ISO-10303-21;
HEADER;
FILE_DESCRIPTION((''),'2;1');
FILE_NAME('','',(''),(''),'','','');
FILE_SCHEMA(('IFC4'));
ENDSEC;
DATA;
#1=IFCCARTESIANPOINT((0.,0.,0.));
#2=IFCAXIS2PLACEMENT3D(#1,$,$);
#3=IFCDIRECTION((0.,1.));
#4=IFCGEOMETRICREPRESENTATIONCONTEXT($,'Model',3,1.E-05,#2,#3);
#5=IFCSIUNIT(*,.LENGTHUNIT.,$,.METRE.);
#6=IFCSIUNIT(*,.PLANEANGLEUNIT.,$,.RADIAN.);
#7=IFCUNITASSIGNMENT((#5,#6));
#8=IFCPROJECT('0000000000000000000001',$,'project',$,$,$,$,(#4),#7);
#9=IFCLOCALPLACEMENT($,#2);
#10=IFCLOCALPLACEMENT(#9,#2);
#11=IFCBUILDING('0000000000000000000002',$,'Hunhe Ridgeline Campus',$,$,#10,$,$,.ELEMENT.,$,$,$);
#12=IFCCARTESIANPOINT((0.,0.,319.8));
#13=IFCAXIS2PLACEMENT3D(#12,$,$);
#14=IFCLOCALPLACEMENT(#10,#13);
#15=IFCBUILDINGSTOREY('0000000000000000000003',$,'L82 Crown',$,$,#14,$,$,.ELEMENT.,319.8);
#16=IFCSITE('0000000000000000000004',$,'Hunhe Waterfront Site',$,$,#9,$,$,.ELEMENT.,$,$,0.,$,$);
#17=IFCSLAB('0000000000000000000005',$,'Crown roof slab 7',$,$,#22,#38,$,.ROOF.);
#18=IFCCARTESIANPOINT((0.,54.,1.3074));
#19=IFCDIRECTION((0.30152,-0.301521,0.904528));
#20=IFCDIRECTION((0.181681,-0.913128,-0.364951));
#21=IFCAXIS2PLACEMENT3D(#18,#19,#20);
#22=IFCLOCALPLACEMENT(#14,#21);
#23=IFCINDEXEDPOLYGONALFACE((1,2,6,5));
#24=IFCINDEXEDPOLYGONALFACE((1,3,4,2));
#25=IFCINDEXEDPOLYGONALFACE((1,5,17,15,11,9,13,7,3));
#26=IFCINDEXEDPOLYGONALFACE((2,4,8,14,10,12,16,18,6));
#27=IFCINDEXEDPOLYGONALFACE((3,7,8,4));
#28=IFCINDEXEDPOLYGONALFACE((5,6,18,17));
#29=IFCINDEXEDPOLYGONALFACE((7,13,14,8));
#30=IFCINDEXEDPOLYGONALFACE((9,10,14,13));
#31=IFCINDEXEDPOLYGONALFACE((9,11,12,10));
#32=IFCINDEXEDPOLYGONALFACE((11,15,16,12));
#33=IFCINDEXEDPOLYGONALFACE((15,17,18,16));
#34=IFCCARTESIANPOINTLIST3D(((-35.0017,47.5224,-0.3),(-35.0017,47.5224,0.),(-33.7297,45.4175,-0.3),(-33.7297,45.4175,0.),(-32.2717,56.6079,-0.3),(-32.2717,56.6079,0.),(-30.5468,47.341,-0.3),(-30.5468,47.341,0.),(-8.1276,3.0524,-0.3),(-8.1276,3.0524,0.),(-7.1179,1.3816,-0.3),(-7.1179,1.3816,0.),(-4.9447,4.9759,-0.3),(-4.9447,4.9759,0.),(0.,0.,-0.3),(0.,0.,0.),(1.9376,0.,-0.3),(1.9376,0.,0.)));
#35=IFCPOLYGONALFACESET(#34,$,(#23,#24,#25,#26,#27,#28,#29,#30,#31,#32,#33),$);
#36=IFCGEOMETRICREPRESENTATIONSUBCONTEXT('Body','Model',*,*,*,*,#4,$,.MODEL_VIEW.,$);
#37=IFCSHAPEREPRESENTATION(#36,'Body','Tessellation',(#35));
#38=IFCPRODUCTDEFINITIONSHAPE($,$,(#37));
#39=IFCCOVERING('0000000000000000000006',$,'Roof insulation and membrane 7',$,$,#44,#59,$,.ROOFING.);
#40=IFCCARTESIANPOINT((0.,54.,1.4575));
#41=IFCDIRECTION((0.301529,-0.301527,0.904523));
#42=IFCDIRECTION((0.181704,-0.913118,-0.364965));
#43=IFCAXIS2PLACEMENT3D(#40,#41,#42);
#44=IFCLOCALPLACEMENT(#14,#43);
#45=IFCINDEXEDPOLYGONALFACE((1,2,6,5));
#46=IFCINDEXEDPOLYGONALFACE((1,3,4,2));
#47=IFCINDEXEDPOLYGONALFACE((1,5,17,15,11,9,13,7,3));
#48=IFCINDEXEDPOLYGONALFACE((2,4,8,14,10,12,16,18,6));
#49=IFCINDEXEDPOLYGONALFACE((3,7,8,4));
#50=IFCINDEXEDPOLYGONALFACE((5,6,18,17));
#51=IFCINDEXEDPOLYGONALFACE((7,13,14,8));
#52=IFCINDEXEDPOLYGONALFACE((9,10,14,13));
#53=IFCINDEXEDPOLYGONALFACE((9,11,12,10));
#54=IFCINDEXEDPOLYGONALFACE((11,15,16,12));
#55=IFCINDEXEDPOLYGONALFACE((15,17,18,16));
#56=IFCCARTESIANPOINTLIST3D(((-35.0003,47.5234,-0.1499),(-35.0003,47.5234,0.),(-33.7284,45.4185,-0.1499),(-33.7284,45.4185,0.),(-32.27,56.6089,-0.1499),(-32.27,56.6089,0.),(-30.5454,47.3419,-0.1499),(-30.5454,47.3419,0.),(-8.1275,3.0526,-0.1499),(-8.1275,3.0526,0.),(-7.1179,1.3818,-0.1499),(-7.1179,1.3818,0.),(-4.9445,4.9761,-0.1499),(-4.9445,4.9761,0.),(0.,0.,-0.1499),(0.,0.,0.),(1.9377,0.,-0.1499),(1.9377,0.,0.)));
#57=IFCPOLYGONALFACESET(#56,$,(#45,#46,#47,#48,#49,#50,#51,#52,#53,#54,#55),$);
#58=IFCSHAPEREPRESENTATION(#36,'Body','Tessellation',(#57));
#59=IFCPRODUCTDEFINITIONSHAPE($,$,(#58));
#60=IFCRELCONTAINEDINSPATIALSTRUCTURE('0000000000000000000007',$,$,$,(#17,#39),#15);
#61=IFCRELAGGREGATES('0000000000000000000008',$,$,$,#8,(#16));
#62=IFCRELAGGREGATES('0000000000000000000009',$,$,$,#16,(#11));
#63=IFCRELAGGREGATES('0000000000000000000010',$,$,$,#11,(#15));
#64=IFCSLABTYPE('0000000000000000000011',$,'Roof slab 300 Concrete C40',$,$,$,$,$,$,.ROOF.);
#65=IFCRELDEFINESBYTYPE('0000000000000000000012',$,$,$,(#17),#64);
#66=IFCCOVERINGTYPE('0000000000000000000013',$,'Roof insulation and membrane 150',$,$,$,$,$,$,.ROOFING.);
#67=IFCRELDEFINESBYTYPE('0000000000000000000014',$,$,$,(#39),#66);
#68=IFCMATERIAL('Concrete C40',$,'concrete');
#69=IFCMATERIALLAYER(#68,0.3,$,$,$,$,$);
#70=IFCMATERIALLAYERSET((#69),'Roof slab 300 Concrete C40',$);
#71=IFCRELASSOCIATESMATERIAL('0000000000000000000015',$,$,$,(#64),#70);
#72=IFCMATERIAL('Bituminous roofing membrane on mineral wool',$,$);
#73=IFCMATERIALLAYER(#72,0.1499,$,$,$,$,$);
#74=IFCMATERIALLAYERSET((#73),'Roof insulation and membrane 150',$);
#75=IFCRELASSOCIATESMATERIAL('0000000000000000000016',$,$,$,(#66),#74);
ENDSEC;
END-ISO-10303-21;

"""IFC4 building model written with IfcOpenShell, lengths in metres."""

from ifc_helpers import new_model, si_unit, direction, frame, origin, place, context, subcontext, project, spatial, polyline, outline, extrude, material, layer, layer_set, type_object, element, save


model = new_model("IFC4")

# Units and contexts
model_context = context("Model", 3, precision=1e-05, world=origin(), true_north=direction((0.0, 1.0)))
body_context = subcontext(model_context, "Body", "Model", "MODEL_VIEW")
ifc_project = project(units=[si_unit("LENGTHUNIT", "METRE"), si_unit("PLANEANGLEUNIT", "RADIAN")], contexts=[model_context])

# Site, building, storey
site_placement = place(None, origin())
site = spatial("IfcSite", under=ifc_project, at=site_placement, Name="Hunhe Waterfront Site", CompositionType="ELEMENT", RefElevation=0.0)
building_placement = place(site_placement, origin())
building = spatial("IfcBuilding", under=site, at=building_placement, Name="Hunhe Ridgeline Campus", CompositionType="ELEMENT")
storey_placement = place(building_placement, frame((0.0, 0.0, 319.8)))
storey = spatial("IfcBuildingStorey", under=building, at=storey_placement, Name="L82 Crown", CompositionType="ELEMENT", Elevation=319.8)

# Slab
ifc_material_1 = material(Name="Concrete C40", Category="concrete")
ifc_layer_1 = layer(ifc_material_1, 0.3)
ifc_layer_set_1 = layer_set([ifc_layer_1], Name="Roof slab 300 Concrete C40")
slab_type = type_object("IfcSlabType", Name="Roof slab 300 Concrete C40", PredefinedType="ROOF", material=ifc_layer_set_1)
slab_placement = place(storey_placement, frame((0.0, 54.0, 1.3074), z_axis=(0.30152, -0.301521, 0.904528), x_axis=(0.181681, -0.913128, -0.364951)))
element("IfcSlab", 1, at=slab_placement, inside=storey, type_object=slab_type, Name="Crown roof slab 7", PredefinedType="ROOF", context=body_context, shape_type="SweptSolid", body=[
    extrude(outline(polyline([(0.0, 0.0), (1.9376, 0.0), (-32.2717, 56.6079), (-35.0017, 47.5224), (-33.7297, 45.4175), (-30.5468, 47.341), (-4.9447, 4.9759), (-8.1276, 3.0524), (-7.1179, 1.3816), (0.0, 0.0)])), origin(), (0.0, 0.0, -1.0), 0.3),
])

# Covering
ifc_material_2 = material(Name="Bituminous roofing membrane on mineral wool")
ifc_layer_2 = layer(ifc_material_2, 0.1499)
ifc_layer_set_2 = layer_set([ifc_layer_2], Name="Roof insulation and membrane 150")
covering_type = type_object("IfcCoveringType", Name="Roof insulation and membrane 150", PredefinedType="ROOFING", material=ifc_layer_set_2)
covering_placement = place(storey_placement, frame((0.0, 54.0, 1.4575), z_axis=(0.301529, -0.301527, 0.904523), x_axis=(0.181704, -0.913118, -0.364965)))
element("IfcCovering", 2, at=covering_placement, inside=storey, type_object=covering_type, Name="Roof insulation and membrane 7", PredefinedType="ROOFING", context=body_context, shape_type="SweptSolid", body=[
    extrude(outline(polyline([(0.0, 0.0), (1.9377, 0.0), (-32.27, 56.6089), (-35.0003, 47.5234), (-33.7284, 45.4185), (-30.5454, 47.3419), (-4.9445, 4.9761), (-8.1275, 3.0526), (-7.1179, 1.3818), (0.0, 0.0)])), origin(), (0.0, 0.0, -1.0), 0.1499),
])

save(model, "model.ifc")
